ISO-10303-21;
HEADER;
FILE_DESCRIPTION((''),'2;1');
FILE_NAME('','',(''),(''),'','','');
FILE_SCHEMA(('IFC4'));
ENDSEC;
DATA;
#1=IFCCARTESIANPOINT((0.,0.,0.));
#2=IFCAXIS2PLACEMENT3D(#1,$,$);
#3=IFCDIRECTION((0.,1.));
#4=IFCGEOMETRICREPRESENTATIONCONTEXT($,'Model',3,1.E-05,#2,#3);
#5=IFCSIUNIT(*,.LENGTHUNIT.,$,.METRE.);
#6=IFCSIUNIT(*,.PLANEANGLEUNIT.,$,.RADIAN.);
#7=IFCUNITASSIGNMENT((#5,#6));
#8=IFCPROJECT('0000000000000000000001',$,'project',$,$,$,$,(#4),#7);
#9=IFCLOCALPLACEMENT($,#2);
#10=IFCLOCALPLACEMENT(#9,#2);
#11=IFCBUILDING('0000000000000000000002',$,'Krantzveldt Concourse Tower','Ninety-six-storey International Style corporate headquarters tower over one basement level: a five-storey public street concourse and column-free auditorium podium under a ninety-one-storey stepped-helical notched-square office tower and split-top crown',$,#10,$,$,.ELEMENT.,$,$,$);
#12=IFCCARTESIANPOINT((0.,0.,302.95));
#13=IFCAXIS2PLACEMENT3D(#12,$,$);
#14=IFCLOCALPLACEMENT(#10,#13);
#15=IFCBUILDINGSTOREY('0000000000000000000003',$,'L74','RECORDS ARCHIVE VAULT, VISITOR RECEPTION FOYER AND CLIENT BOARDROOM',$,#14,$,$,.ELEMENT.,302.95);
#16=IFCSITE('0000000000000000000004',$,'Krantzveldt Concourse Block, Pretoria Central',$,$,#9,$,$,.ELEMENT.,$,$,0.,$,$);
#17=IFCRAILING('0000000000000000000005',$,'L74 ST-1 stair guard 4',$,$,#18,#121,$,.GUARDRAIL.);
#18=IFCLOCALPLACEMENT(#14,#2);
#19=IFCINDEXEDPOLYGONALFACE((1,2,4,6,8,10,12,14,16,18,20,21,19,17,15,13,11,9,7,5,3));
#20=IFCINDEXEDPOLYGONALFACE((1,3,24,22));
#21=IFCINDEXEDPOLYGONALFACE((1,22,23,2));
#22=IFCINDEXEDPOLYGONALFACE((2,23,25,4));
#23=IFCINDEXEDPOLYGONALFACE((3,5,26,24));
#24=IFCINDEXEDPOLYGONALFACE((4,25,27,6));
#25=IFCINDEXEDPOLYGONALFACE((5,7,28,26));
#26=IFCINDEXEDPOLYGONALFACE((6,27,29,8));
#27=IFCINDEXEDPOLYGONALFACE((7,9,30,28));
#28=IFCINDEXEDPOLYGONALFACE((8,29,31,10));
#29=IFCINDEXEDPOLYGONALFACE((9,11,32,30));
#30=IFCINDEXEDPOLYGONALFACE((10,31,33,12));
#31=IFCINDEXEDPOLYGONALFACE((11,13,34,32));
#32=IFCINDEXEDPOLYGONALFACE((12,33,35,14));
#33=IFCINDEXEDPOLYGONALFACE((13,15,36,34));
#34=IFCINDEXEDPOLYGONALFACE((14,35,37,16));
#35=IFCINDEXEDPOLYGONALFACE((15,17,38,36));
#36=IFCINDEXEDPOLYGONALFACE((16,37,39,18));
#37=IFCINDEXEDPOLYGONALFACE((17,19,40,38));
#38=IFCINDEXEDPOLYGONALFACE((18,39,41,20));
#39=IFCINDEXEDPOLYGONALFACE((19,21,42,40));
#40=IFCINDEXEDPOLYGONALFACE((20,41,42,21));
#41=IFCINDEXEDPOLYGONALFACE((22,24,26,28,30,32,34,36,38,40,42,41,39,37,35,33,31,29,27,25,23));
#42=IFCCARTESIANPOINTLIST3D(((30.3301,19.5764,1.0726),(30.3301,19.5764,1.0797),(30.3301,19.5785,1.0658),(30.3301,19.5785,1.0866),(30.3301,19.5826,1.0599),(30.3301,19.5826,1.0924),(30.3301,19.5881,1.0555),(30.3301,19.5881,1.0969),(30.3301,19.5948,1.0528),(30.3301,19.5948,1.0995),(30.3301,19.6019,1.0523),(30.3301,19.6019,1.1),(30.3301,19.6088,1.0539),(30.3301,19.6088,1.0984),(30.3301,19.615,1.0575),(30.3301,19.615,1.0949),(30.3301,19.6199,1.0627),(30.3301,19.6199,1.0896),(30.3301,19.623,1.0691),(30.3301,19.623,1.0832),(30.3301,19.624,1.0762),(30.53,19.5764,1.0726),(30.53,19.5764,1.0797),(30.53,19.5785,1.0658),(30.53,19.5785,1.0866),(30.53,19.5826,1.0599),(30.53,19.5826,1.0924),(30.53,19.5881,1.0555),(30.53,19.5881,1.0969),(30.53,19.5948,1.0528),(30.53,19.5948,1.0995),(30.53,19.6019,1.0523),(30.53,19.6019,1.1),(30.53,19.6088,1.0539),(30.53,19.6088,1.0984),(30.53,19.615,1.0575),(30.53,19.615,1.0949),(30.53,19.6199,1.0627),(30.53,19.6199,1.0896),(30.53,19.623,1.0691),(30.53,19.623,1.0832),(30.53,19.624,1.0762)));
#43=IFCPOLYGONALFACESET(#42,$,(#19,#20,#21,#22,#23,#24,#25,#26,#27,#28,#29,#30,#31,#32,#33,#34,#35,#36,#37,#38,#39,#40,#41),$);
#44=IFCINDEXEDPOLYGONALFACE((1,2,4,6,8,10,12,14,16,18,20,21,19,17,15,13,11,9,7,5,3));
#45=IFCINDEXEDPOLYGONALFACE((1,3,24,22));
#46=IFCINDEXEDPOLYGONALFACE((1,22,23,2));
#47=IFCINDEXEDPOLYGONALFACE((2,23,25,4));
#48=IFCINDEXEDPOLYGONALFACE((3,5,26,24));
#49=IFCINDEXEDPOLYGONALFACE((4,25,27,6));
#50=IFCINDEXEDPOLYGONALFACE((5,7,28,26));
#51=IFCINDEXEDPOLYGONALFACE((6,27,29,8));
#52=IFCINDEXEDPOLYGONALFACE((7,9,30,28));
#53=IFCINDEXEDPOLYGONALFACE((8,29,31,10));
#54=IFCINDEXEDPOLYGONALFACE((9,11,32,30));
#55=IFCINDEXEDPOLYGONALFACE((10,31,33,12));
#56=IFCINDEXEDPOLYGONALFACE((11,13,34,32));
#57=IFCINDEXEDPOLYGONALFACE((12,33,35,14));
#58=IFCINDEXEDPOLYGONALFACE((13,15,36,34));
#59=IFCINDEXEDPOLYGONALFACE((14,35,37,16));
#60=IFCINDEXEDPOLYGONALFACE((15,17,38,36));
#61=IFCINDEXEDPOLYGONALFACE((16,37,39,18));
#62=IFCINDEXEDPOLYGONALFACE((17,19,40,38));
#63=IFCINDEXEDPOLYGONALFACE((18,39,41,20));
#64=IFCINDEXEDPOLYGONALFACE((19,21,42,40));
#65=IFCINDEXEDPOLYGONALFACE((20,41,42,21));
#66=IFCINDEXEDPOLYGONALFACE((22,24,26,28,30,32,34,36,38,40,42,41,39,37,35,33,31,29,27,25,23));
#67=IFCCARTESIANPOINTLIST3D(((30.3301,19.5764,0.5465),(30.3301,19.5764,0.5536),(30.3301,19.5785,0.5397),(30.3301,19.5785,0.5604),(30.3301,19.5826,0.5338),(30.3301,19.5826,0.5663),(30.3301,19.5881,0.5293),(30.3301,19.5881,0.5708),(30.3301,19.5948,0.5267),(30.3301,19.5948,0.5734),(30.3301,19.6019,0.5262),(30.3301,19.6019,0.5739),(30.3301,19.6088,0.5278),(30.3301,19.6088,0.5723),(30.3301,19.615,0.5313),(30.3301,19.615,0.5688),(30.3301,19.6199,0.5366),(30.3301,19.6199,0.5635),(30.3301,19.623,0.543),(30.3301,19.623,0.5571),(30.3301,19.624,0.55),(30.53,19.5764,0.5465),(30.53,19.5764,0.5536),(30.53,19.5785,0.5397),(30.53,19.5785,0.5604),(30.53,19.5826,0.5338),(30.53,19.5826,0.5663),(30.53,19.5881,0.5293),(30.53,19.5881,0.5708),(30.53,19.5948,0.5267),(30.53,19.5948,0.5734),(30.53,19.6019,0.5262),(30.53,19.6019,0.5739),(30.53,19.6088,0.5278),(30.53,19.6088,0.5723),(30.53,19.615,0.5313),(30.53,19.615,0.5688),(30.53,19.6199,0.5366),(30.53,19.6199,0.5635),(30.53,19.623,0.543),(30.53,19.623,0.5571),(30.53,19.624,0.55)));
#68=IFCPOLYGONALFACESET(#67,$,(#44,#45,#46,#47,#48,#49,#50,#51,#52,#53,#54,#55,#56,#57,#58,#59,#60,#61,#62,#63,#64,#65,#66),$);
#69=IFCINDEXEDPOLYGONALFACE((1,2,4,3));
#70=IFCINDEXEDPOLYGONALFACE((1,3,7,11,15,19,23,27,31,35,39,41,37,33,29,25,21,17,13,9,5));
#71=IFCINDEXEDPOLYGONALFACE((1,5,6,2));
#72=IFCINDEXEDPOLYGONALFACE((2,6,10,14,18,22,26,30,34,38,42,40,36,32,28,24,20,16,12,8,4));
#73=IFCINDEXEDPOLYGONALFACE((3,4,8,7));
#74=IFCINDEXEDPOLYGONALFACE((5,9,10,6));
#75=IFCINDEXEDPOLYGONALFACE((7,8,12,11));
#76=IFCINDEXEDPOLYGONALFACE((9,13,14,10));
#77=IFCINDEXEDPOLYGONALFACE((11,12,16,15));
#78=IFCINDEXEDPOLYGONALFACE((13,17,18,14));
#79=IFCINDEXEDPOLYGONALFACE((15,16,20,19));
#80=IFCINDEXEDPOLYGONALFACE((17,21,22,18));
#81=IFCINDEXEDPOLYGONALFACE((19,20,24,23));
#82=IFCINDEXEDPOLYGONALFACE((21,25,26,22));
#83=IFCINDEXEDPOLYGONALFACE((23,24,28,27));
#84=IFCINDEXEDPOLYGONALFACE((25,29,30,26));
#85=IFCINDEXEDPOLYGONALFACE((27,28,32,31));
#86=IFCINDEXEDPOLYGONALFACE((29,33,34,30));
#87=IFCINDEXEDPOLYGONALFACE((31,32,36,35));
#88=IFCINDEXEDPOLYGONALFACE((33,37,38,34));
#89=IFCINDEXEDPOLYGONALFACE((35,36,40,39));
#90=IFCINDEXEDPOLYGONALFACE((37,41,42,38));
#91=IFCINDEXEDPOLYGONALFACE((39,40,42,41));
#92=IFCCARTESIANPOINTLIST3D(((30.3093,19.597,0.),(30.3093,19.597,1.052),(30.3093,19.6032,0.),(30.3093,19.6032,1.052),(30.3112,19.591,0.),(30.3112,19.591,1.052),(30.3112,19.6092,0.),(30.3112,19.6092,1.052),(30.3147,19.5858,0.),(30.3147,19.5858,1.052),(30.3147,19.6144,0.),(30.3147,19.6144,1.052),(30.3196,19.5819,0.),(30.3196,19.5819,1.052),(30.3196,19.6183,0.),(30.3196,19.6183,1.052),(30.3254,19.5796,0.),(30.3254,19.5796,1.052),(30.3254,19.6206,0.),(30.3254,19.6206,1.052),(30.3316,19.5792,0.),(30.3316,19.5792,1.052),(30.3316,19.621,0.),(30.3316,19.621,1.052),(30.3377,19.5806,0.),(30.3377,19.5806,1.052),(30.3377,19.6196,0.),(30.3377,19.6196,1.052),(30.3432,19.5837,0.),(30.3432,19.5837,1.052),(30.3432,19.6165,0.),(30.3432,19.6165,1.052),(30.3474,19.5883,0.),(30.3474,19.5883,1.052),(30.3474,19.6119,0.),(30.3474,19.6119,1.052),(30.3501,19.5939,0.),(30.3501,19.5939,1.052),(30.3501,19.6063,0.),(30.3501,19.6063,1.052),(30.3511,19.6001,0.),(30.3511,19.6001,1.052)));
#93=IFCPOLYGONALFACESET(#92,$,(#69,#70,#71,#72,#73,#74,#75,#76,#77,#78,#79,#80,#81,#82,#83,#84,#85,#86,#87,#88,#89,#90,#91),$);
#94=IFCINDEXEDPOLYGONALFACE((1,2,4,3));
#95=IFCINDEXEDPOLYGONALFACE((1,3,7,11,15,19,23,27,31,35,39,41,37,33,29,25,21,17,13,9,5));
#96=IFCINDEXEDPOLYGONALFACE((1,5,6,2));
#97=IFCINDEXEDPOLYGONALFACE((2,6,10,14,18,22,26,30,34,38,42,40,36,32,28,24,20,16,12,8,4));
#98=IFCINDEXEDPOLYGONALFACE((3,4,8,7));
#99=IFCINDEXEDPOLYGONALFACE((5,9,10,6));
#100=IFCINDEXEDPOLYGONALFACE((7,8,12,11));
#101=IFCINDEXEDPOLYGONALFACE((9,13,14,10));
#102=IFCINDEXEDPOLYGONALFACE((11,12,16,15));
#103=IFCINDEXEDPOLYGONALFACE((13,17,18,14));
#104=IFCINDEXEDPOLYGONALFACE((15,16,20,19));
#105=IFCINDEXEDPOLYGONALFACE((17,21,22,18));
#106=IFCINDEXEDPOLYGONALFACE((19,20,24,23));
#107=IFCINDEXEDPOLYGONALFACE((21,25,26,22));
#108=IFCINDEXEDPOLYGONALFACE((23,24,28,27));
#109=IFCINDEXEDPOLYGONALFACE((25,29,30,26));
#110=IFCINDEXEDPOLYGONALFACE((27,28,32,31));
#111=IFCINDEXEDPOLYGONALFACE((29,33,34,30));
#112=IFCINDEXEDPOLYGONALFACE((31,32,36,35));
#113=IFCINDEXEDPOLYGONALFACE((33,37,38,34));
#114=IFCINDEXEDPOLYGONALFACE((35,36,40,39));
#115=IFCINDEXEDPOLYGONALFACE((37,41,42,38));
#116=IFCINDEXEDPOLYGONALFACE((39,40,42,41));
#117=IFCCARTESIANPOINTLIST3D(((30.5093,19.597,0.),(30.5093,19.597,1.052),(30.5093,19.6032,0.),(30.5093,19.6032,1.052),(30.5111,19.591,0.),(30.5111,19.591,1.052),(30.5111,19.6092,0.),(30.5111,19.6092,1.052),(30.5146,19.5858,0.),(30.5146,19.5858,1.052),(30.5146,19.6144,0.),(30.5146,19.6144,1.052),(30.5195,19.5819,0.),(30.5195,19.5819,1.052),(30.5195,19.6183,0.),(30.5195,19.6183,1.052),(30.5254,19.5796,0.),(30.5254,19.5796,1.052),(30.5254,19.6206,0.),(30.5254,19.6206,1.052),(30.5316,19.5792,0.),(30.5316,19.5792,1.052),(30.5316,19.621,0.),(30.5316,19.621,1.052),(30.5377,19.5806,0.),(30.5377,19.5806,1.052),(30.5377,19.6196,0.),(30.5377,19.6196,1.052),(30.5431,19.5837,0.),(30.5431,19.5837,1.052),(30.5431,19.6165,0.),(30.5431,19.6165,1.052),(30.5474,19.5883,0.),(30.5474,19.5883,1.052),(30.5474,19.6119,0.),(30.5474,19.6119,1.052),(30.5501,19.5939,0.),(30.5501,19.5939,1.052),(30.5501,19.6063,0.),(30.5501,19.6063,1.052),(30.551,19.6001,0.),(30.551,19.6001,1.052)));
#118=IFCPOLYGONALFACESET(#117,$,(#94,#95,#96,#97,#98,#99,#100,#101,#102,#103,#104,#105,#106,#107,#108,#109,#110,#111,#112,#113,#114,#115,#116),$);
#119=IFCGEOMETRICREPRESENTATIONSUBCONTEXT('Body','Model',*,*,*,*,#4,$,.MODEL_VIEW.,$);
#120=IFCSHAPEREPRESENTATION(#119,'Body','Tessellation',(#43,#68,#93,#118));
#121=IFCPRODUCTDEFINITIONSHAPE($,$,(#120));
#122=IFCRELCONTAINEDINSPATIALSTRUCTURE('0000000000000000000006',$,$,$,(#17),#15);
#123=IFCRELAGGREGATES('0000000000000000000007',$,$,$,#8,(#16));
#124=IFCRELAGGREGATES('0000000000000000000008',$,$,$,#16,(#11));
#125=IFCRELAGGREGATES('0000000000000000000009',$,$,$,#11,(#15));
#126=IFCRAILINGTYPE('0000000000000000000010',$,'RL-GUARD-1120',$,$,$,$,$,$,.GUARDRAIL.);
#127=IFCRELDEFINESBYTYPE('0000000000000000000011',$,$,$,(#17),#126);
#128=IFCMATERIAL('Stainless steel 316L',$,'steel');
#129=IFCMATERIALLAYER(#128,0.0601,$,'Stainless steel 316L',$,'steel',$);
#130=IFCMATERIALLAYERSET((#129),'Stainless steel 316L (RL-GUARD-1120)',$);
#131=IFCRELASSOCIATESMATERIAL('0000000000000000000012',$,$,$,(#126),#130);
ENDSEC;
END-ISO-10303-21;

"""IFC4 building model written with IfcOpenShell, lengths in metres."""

from ifc_helpers import new_model, si_unit, direction, frame, origin, origin_2d, place, context, subcontext, project, spatial, circle, extrude, material, layer, layer_set, type_object, element, save


model = new_model("IFC4")

# Units and contexts
model_context = context("Model", 3, precision=1e-05, world=origin(), true_north=direction((0.0, 1.0)))
body_context = subcontext(model_context, "Body", "Model", "MODEL_VIEW")
ifc_project = project(units=[si_unit("LENGTHUNIT", "METRE"), si_unit("PLANEANGLEUNIT", "RADIAN")], contexts=[model_context])

# Site, building, storey
site_placement = place(None, origin())
site = spatial("IfcSite", under=ifc_project, at=site_placement, Name="Krantzveldt Concourse Block, Pretoria Central", CompositionType="ELEMENT", RefElevation=0.0)
building_placement = place(site_placement, origin())
building = spatial("IfcBuilding", under=site, at=building_placement, Name="Krantzveldt Concourse Tower", Description="Ninety-six-storey International Style corporate headquarters tower over one basement level: a five-storey public street concourse and column-free auditorium podium under a ninety-one-storey stepped-helical notched-square office tower and split-top crown", CompositionType="ELEMENT")
storey_placement = place(building_placement, frame((0.0, 0.0, 302.95)))
storey = spatial("IfcBuildingStorey", under=building, at=storey_placement, Name="L74", Description="RECORDS ARCHIVE VAULT, VISITOR RECEPTION FOYER AND CLIENT BOARDROOM", CompositionType="ELEMENT", Elevation=302.95)

# Railing
ifc_material_1 = material(Name="Stainless steel 316L", Category="steel")
ifc_layer_1 = layer(ifc_material_1, 0.0601, Name="Stainless steel 316L", Category="steel")
ifc_layer_set_1 = layer_set([ifc_layer_1], Name="Stainless steel 316L (RL-GUARD-1120)")
railing_type_1 = type_object("IfcRailingType", Name="RL-GUARD-1120", PredefinedType="GUARDRAIL", material=ifc_layer_set_1)
railing_1_placement = place(storey_placement, frame((30.3301, 19.6001, 0.0)))
element("IfcRailing", 1, at=railing_1_placement, inside=storey, type_object=railing_type_1, Name="L74 ST-1 stair guard 4", PredefinedType="GUARDRAIL", context=body_context, shape_type="SweptSolid", body=[
    extrude(circle(Radius=0.0239, at=origin_2d()), frame((0.0, 0.0, 1.0762), z_axis=(1.0, 0.0, 0.0), x_axis=(0.0, 1.0, 0.0)), (0.0, 0.0, 1.0), 0.2),
    extrude(circle(Radius=0.0239, at=origin_2d()), frame((0.0, 0.0, 0.55), z_axis=(1.0, 0.0, 0.0), x_axis=(0.0, 1.0, 0.0)), (0.0, 0.0, 1.0), 0.2),
    extrude(circle(Radius=0.021, at=origin_2d()), origin(), (0.0, 0.0, 1.0), 1.052),
    extrude(circle(Radius=0.021, at=origin_2d()), frame((0.2, 0.0, 0.0)), (0.0, 0.0, 1.0), 1.052),
])

save(model, "model.ifc")
